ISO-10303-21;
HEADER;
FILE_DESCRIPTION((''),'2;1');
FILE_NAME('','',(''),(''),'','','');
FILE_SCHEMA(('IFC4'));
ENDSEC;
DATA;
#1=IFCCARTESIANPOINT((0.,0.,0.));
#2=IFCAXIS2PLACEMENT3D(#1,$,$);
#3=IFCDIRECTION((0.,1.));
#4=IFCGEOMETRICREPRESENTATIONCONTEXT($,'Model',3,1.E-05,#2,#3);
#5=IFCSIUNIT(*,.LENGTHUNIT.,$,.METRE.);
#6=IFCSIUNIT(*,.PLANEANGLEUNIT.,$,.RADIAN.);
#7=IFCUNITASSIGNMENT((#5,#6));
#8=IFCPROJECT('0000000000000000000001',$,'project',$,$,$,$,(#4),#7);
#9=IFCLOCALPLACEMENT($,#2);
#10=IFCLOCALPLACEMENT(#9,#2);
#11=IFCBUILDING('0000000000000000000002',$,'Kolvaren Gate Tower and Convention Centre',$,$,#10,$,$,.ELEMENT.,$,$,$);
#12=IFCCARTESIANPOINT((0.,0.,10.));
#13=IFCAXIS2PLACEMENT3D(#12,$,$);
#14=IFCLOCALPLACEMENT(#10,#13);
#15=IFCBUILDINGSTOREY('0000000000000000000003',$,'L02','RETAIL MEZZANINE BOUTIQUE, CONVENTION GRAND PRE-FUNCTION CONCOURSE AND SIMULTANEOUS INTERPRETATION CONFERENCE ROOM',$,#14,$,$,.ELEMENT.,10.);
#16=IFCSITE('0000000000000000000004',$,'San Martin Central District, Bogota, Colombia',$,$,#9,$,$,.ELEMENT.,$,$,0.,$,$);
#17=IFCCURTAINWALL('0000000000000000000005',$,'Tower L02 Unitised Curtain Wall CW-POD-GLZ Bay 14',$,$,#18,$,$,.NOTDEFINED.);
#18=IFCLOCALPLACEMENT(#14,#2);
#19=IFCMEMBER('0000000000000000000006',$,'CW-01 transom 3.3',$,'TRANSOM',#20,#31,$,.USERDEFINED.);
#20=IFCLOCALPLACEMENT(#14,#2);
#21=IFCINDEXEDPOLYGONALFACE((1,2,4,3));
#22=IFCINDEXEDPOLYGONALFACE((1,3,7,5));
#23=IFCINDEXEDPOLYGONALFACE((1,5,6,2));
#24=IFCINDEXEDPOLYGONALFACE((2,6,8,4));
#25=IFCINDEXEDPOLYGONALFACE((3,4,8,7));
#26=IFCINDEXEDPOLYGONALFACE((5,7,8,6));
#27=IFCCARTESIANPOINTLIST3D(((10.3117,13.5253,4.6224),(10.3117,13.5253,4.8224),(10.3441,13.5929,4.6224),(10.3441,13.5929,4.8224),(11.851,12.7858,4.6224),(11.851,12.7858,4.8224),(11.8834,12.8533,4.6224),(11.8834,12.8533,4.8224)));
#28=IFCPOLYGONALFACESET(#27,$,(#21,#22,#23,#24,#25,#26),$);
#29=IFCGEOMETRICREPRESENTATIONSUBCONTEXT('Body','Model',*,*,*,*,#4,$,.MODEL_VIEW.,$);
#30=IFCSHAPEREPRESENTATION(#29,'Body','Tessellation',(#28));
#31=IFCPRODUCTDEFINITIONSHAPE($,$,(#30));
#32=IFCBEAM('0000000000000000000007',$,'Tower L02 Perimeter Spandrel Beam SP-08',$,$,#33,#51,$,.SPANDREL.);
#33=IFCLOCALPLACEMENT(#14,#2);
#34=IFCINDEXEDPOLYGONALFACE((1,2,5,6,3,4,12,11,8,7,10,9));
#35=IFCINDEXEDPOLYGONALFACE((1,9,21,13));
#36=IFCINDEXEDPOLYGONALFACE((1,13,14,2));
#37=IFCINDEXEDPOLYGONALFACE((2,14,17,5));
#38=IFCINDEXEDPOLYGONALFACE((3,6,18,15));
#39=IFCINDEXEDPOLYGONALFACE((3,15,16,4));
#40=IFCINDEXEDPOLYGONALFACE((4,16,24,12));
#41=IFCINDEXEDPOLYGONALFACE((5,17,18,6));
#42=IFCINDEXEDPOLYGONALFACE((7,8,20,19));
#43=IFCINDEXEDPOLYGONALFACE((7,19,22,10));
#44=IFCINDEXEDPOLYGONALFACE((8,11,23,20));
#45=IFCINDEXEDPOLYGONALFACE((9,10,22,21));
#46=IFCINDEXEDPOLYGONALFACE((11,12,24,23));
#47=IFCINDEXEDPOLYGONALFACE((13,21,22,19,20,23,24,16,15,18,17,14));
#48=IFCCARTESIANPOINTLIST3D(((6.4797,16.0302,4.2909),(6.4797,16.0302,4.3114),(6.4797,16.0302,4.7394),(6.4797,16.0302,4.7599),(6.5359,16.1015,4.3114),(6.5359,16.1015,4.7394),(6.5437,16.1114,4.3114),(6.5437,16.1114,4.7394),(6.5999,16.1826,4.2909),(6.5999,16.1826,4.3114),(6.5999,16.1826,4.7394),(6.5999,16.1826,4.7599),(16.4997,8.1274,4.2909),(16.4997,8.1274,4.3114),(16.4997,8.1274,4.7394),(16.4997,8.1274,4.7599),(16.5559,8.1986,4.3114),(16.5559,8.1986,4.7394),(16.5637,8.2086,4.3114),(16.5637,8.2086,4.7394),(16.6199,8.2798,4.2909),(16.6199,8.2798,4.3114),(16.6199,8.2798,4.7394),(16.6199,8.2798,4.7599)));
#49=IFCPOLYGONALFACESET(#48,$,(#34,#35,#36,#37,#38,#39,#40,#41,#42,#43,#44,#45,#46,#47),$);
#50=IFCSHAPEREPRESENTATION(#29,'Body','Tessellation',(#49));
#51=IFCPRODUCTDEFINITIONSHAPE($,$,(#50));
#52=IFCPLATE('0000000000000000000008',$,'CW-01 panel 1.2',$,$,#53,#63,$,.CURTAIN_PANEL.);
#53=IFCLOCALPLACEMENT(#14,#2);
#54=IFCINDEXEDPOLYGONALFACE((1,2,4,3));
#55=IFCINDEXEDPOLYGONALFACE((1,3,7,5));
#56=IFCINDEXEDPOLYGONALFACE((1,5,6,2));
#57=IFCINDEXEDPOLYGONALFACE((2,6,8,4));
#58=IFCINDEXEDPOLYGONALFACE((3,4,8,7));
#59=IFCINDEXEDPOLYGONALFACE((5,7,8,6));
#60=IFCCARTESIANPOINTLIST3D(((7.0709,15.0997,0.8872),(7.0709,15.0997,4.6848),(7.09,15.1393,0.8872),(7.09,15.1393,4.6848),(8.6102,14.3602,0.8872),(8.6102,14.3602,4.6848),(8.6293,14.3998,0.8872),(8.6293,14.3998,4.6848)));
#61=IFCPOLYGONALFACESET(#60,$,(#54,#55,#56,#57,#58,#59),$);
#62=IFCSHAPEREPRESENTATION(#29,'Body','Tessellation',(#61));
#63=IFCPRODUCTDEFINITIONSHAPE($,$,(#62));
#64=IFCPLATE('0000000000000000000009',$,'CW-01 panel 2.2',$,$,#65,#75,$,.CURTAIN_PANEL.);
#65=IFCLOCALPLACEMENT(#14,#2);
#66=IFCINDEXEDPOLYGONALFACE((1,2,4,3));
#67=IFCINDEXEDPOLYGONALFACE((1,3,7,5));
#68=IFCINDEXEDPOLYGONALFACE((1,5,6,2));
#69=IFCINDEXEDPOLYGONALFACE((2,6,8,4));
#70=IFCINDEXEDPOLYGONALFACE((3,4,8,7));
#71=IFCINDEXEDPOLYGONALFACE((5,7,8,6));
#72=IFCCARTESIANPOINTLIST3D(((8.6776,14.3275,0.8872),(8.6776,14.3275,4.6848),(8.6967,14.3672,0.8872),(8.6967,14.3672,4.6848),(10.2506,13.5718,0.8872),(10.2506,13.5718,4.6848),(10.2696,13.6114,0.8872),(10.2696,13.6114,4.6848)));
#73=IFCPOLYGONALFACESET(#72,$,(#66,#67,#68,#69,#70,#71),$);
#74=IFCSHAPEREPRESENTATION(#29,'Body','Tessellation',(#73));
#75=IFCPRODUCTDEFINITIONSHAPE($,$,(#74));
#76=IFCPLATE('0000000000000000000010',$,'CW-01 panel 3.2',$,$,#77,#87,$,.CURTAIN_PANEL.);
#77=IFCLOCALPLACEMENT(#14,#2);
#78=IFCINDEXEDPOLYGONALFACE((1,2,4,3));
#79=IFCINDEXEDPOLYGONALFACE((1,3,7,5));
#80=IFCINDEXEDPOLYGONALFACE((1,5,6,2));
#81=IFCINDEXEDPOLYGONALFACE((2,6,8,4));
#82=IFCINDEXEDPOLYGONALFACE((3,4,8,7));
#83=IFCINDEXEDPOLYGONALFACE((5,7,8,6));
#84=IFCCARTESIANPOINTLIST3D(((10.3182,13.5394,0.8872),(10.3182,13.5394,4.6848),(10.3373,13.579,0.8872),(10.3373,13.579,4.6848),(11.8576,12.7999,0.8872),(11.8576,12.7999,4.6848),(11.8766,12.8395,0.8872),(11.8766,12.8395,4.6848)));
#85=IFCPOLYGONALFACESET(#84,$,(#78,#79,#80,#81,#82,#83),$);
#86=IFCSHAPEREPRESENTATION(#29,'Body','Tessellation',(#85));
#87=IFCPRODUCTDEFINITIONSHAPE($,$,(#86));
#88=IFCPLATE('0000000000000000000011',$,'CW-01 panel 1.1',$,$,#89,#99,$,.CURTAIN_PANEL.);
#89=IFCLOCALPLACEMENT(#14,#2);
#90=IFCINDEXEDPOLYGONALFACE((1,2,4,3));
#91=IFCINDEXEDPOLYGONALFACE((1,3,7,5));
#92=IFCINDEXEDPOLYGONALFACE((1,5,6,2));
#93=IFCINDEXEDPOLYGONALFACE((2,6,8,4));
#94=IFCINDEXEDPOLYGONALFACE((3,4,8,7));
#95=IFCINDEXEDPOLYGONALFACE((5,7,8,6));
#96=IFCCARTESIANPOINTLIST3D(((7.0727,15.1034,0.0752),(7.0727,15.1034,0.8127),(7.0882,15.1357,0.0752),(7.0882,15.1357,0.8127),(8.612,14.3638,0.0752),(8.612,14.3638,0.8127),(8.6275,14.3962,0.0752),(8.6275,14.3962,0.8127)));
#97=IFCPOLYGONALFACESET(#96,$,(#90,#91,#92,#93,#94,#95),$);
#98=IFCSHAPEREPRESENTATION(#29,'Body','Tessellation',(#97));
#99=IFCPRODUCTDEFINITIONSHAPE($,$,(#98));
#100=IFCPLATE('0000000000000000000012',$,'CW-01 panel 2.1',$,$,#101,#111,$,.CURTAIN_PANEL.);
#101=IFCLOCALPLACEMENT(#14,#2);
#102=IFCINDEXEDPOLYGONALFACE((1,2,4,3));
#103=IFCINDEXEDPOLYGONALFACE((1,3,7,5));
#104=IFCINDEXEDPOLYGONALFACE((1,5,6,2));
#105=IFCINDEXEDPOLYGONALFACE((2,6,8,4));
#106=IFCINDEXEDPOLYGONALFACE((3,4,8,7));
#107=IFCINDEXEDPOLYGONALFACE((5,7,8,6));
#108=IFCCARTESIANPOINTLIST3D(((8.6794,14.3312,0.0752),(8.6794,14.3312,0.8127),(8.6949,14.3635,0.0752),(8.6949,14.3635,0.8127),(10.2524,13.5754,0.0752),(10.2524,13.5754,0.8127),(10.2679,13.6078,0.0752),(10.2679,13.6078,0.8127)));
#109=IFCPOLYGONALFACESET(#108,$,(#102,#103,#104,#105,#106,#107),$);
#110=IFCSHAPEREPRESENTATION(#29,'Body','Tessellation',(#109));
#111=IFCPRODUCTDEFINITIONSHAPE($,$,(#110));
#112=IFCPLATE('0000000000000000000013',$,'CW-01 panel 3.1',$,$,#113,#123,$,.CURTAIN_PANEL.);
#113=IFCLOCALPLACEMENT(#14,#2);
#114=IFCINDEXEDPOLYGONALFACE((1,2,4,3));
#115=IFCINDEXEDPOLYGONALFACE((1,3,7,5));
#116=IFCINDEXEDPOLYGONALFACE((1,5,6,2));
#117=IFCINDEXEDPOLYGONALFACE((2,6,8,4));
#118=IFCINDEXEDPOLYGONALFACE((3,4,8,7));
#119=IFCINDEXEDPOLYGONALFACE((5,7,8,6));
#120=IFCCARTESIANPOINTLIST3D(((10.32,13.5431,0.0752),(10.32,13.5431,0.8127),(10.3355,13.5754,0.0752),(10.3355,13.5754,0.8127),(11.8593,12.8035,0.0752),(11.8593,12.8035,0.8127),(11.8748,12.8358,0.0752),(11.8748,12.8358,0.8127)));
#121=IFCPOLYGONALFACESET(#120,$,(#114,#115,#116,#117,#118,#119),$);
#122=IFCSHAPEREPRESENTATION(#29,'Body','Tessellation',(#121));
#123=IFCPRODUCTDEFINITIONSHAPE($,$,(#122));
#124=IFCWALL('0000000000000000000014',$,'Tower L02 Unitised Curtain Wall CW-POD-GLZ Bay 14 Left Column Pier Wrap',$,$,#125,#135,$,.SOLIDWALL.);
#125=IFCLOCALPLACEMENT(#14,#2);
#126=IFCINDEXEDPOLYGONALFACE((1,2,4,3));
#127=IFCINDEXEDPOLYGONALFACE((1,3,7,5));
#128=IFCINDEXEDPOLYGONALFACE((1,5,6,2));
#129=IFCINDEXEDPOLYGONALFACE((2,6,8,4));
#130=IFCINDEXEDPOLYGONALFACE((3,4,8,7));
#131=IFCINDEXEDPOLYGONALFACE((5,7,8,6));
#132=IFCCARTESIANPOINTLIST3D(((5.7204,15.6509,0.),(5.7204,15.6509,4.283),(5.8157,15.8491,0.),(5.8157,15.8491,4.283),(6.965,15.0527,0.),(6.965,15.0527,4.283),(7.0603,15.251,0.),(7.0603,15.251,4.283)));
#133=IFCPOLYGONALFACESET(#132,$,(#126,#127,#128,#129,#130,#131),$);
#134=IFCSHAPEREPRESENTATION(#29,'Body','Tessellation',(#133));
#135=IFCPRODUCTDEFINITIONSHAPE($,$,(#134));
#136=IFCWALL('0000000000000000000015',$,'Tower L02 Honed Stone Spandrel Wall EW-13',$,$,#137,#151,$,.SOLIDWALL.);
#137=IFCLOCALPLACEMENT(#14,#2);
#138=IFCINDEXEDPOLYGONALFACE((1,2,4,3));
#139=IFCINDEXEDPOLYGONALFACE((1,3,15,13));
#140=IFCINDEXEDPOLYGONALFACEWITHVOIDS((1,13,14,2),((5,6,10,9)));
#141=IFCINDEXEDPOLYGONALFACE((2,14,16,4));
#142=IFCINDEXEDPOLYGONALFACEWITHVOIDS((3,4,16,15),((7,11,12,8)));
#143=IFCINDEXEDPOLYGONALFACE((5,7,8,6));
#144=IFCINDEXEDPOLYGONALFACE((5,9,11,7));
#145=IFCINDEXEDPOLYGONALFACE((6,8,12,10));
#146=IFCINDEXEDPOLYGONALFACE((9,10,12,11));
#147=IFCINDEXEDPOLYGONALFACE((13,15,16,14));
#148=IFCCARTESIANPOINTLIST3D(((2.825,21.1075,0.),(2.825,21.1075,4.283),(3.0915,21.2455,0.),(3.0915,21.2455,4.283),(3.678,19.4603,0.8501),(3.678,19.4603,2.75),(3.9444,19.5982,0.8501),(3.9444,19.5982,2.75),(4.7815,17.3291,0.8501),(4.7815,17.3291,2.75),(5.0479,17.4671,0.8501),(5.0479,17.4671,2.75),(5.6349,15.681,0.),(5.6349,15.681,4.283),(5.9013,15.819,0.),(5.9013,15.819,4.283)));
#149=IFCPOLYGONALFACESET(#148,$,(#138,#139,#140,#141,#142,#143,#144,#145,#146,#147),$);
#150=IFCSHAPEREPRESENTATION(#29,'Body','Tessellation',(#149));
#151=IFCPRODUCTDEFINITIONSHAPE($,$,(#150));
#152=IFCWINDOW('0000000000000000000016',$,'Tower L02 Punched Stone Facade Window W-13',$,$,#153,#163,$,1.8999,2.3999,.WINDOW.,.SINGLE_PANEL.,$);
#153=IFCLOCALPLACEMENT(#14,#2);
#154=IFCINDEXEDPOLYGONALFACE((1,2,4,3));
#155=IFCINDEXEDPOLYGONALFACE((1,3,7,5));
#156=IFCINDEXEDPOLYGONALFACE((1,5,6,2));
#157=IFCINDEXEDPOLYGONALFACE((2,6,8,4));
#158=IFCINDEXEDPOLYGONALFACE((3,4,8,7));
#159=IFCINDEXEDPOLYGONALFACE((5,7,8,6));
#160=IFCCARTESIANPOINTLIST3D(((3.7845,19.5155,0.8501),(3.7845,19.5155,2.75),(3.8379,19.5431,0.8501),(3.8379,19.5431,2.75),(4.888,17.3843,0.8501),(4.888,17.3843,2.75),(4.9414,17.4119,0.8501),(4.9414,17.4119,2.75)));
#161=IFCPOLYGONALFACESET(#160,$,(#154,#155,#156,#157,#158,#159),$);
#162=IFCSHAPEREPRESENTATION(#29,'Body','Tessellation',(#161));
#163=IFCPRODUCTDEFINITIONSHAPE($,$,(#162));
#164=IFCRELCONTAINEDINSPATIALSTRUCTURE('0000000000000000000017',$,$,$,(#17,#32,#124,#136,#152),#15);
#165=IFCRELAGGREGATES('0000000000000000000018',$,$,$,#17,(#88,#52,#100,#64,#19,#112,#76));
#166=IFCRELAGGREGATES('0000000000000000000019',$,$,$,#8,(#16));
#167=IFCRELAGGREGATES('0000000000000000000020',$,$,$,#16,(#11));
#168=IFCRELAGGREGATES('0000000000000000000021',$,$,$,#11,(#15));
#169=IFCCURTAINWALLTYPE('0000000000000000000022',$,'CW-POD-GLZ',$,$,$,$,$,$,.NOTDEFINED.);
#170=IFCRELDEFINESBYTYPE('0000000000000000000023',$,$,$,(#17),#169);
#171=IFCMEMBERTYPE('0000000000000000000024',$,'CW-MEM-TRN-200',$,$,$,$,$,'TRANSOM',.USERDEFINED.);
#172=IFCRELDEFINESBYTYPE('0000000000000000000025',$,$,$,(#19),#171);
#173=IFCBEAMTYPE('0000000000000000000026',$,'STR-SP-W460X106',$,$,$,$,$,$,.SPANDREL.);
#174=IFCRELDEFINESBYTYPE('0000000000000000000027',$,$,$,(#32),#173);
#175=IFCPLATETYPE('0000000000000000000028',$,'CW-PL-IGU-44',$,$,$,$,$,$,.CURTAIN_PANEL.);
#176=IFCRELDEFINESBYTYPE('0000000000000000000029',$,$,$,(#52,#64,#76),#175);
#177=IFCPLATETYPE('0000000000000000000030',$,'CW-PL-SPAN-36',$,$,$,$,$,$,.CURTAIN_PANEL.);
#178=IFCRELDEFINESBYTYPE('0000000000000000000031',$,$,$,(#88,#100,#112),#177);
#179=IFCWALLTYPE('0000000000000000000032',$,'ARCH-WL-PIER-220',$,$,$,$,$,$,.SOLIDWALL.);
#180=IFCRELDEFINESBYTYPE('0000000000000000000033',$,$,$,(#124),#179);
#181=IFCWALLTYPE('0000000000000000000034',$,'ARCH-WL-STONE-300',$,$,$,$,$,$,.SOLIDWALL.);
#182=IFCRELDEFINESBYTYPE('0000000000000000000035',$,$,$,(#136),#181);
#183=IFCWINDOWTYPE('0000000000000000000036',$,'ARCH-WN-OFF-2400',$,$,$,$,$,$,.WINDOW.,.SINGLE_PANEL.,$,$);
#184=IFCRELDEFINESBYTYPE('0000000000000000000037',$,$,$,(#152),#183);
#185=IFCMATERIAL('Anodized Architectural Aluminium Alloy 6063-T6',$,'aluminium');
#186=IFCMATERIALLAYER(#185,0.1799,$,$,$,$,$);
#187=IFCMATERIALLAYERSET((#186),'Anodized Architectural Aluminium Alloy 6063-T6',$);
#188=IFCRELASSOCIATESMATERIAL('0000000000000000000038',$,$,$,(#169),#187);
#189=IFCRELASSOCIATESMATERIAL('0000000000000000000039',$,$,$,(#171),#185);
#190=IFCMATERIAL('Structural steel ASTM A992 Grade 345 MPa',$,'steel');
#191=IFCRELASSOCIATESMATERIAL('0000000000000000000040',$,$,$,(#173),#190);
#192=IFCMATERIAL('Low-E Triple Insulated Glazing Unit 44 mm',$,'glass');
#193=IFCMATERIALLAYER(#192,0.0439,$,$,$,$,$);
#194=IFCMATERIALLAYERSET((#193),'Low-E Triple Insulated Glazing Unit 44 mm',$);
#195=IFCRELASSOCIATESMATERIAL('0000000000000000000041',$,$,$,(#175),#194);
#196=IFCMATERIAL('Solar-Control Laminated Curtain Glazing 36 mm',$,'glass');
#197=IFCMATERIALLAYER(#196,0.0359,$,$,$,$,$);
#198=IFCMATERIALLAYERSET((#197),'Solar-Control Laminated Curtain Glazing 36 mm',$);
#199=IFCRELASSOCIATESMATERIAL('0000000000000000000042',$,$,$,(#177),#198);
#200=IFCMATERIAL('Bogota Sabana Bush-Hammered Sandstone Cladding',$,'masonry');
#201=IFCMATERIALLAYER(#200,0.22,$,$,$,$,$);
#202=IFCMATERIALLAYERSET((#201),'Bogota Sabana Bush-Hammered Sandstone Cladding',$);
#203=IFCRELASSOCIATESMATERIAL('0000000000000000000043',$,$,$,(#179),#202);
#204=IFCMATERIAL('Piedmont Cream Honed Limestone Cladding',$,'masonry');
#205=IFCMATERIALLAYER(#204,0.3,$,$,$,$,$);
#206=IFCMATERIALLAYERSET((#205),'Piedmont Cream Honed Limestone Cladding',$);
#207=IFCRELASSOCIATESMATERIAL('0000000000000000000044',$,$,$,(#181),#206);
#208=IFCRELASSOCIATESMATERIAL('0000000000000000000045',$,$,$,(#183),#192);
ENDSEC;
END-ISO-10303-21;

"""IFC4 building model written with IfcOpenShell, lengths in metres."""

from ifc_helpers import new_model, si_unit, direction, frame, frame_2d, origin, origin_2d, place, context, subcontext, project, spatial, rectangle, i_section, extrude, material, layer, layer_set, material_profile, profile_set, type_object, element, fill, aggregate, save


model = new_model("IFC4")

# Units and contexts
model_context = context("Model", 3, precision=1e-05, world=origin(), true_north=direction((0.0, 1.0)))
body_context = subcontext(model_context, "Body", "Model", "MODEL_VIEW")
ifc_project = project(units=[si_unit("LENGTHUNIT", "METRE"), si_unit("PLANEANGLEUNIT", "RADIAN")], contexts=[model_context])

# Site, building, storey
site_placement = place(None, origin())
site = spatial("IfcSite", under=ifc_project, at=site_placement, Name="San Martin Central District, Bogota, Colombia", CompositionType="ELEMENT", RefElevation=0.0)
building_placement = place(site_placement, origin())
building = spatial("IfcBuilding", under=site, at=building_placement, Name="Kolvaren Gate Tower and Convention Centre", CompositionType="ELEMENT")
storey_placement = place(building_placement, frame((0.0, 0.0, 10.0)))
storey = spatial("IfcBuildingStorey", under=building, at=storey_placement, Name="L02", Description="RETAIL MEZZANINE BOUTIQUE, CONVENTION GRAND PRE-FUNCTION CONCOURSE AND SIMULTANEOUS INTERPRETATION CONFERENCE ROOM", CompositionType="ELEMENT", Elevation=10.0)

# Curtain wall
ifc_material_1 = material(Name="Anodized Architectural Aluminium Alloy 6063-T6", Category="aluminium")
ifc_layer_1 = layer(ifc_material_1, 0.1799)
ifc_layer_set_1 = layer_set([ifc_layer_1], Name="Anodized Architectural Aluminium Alloy 6063-T6")
curtain_wall_type = type_object("IfcCurtainWallType", Name="CW-POD-GLZ", PredefinedType="NOTDEFINED", material=ifc_layer_set_1)
curtain_wall_1_placement = place(storey_placement, origin())
curtain_wall_1 = element("IfcCurtainWall", 1, at=curtain_wall_1_placement, inside=storey, type_object=curtain_wall_type, Name="Tower L02 Unitised Curtain Wall CW-POD-GLZ Bay 14", PredefinedType="NOTDEFINED")

# Member
ifc_material_profile_1 = material_profile(ifc_material_1, rectangle(XDim=0.075, YDim=0.2, at=origin_2d()), Name="CW-MEM-TRN-200")
ifc_profile_set_1 = profile_set([ifc_material_profile_1], Name="Anodized Architectural Aluminium Alloy 6063-T6")
member_type_1 = type_object("IfcMemberType", Name="CW-MEM-TRN-200", ElementType="TRANSOM", PredefinedType="USERDEFINED", material=ifc_profile_set_1)
member_1_placement = place(storey_placement, frame((10.3279, 13.5591, 4.7224), z_axis=(0.901378, -0.433033, 0.0), x_axis=(0.433033, 0.901378, 0.0)))
member_1 = element("IfcMember", 2, at=member_1_placement, type_object=member_type_1, Name="CW-01 transom 3.3", ObjectType="TRANSOM", PredefinedType="USERDEFINED", context=body_context, shape_type="SweptSolid", body=[
    extrude(rectangle(XDim=0.075, YDim=0.2, at=origin_2d()), origin(), (0.0, 0.0, 1.0), 1.7078),
])

# Beam
ifc_material_2 = material(Name="Structural steel ASTM A992 Grade 345 MPa", Category="steel")
ifc_material_profile_2 = material_profile(ifc_material_2, i_section(OverallWidth=0.1941, OverallDepth=0.469, WebThickness=0.0127, FlangeThickness=0.0205, at=origin_2d()), Name="W460X106")
ifc_profile_set_2 = profile_set([ifc_material_profile_2], Name="Structural steel ASTM A992 Grade 345 MPa")
beam_type = type_object("IfcBeamType", Name="STR-SP-W460X106", PredefinedType="SPANDREL", material=ifc_profile_set_2)
beam_placement = place(storey_placement, frame((6.5398, 16.1064, 4.5254), z_axis=(0.785176, -0.619272, 0.0), x_axis=(0.619272, 0.785176, 0.0)))
element("IfcBeam", 3, at=beam_placement, inside=storey, type_object=beam_type, Name="Tower L02 Perimeter Spandrel Beam SP-08", PredefinedType="SPANDREL", context=body_context, shape_type="SweptSolid", body=[
    extrude(i_section(OverallWidth=0.1941, OverallDepth=0.469, WebThickness=0.0127, FlangeThickness=0.0205, at=origin_2d()), origin(), (0.0, 0.0, 1.0), 12.7615),
])

# Plates
ifc_material_3 = material(Name="Low-E Triple Insulated Glazing Unit 44 mm", Category="glass")
ifc_layer_2 = layer(ifc_material_3, 0.0439)
ifc_layer_set_2 = layer_set([ifc_layer_2], Name="Low-E Triple Insulated Glazing Unit 44 mm")
plate_type_1 = type_object("IfcPlateType", Name="CW-PL-IGU-44", PredefinedType="CURTAIN_PANEL", material=ifc_layer_set_2)
plate_1_placement = place(storey_placement, frame((7.8501, 14.7498, 0.8872), z_axis=(0.0, 0.0, 1.0), x_axis=(0.901367, -0.433057, 0.0)))
plate_1 = element("IfcPlate", 4, at=plate_1_placement, type_object=plate_type_1, Name="CW-01 panel 1.2", PredefinedType="CURTAIN_PANEL", context=body_context, shape_type="SweptSolid", body=[
    extrude(rectangle(XDim=1.7078, YDim=0.0439, at=origin_2d()), origin(), (0.0, 0.0, 1.0), 3.7976),
])
plate_2_placement = place(storey_placement, frame((9.4736, 13.9695, 0.8872), z_axis=(0.0, 0.0, 1.0), x_axis=(0.901367, -0.433057, 0.0)))
plate_2 = element("IfcPlate", 5, at=plate_2_placement, type_object=plate_type_1, Name="CW-01 panel 2.2", PredefinedType="CURTAIN_PANEL", context=body_context, shape_type="SweptSolid", body=[
    extrude(rectangle(XDim=1.7451, YDim=0.0439, at=origin_2d()), origin(), (0.0, 0.0, 1.0), 3.7976),
])
plate_3_placement = place(storey_placement, frame((11.0974, 13.1895, 0.8872), z_axis=(0.0, 0.0, 1.0), x_axis=(0.901367, -0.433057, 0.0)))
plate_3 = element("IfcPlate", 6, at=plate_3_placement, type_object=plate_type_1, Name="CW-01 panel 3.2", PredefinedType="CURTAIN_PANEL", context=body_context, shape_type="SweptSolid", body=[
    extrude(rectangle(XDim=1.7078, YDim=0.0439, at=origin_2d()), origin(), (0.0, 0.0, 1.0), 3.7976),
])
ifc_material_4 = material(Name="Solar-Control Laminated Curtain Glazing 36 mm", Category="glass")
ifc_layer_3 = layer(ifc_material_4, 0.0359)
ifc_layer_set_3 = layer_set([ifc_layer_3], Name="Solar-Control Laminated Curtain Glazing 36 mm")
plate_type_2 = type_object("IfcPlateType", Name="CW-PL-SPAN-36", PredefinedType="CURTAIN_PANEL", material=ifc_layer_set_3)
plate_4_placement = place(storey_placement, frame((7.8501, 14.7498, 0.0752), z_axis=(0.0, 0.0, 1.0), x_axis=(0.901367, -0.433057, 0.0)))
plate_4 = element("IfcPlate", 7, at=plate_4_placement, type_object=plate_type_2, Name="CW-01 panel 1.1", PredefinedType="CURTAIN_PANEL", context=body_context, shape_type="SweptSolid", body=[
    extrude(rectangle(XDim=1.7078, YDim=0.0359, at=origin_2d()), origin(), (0.0, 0.0, 1.0), 0.7375),
])
plate_5_placement = place(storey_placement, frame((9.4736, 13.9695, 0.0752), z_axis=(0.0, 0.0, 1.0), x_axis=(0.901367, -0.433057, 0.0)))
plate_5 = element("IfcPlate", 8, at=plate_5_placement, type_object=plate_type_2, Name="CW-01 panel 2.1", PredefinedType="CURTAIN_PANEL", context=body_context, shape_type="SweptSolid", body=[
    extrude(rectangle(XDim=1.7451, YDim=0.0359, at=origin_2d()), origin(), (0.0, 0.0, 1.0), 0.7375),
])
plate_6_placement = place(storey_placement, frame((11.0974, 13.1895, 0.0752), z_axis=(0.0, 0.0, 1.0), x_axis=(0.901367, -0.433057, 0.0)))
plate_6 = element("IfcPlate", 9, at=plate_6_placement, type_object=plate_type_2, Name="CW-01 panel 3.1", PredefinedType="CURTAIN_PANEL", context=body_context, shape_type="SweptSolid", body=[
    extrude(rectangle(XDim=1.7078, YDim=0.0359, at=origin_2d()), origin(), (0.0, 0.0, 1.0), 0.7375),
])
aggregate(curtain_wall_1, [plate_4, plate_1, plate_5, plate_2, member_1, plate_6, plate_3])

# Wall
ifc_material_5 = material(Name="Bogota Sabana Bush-Hammered Sandstone Cladding", Category="masonry")
ifc_layer_4 = layer(ifc_material_5, 0.22)
ifc_layer_set_4 = layer_set([ifc_layer_4], Name="Bogota Sabana Bush-Hammered Sandstone Cladding")
wall_type_1 = type_object("IfcWallType", Name="ARCH-WL-PIER-220", PredefinedType="SOLIDWALL", material=ifc_layer_set_4)
wall_1_placement = place(storey_placement, frame((5.7681, 15.75, 0.0), z_axis=(0.0, 0.0, 1.0), x_axis=(0.901319, -0.433156, 0.0)))
element("IfcWall", 10, at=wall_1_placement, inside=storey, type_object=wall_type_1, Name="Tower L02 Unitised Curtain Wall CW-POD-GLZ Bay 14 Left Column Pier Wrap", PredefinedType="SOLIDWALL", context=body_context, shape_type="SweptSolid", body=[
    extrude(rectangle(XDim=1.3809, YDim=0.22, at=frame_2d((0.6904, 0.0))), origin(), (0.0, 0.0, 1.0), 4.283),
])

# Wall, opening, window
ifc_material_6 = material(Name="Piedmont Cream Honed Limestone Cladding", Category="masonry")
ifc_layer_5 = layer(ifc_material_6, 0.3)
ifc_layer_set_5 = layer_set([ifc_layer_5], Name="Piedmont Cream Honed Limestone Cladding")
wall_type_2 = type_object("IfcWallType", Name="ARCH-WL-STONE-300", PredefinedType="SOLIDWALL", material=ifc_layer_set_5)
wall_2_placement = place(storey_placement, frame((2.9583, 21.1765, 0.0), z_axis=(0.0, 0.0, 1.0), x_axis=(0.45981, -0.888017, 0.0)))
wall_2 = element("IfcWall", 11, at=wall_2_placement, inside=storey, type_object=wall_type_2, Name="Tower L02 Honed Stone Spandrel Wall EW-13", PredefinedType="SOLIDWALL", context=body_context, shape_type="SweptSolid", body=[
    extrude(rectangle(XDim=6.1108, YDim=0.3, at=frame_2d((3.0554, 0.0))), origin(), (0.0, 0.0, 1.0), 4.283),
])
opening_placement = place(wall_2_placement, frame((1.855, 0.0, 0.8501)))
opening = element("IfcOpeningElement", 12, at=opening_placement, cuts=wall_2, PredefinedType="OPENING", context=body_context, shape_type="SweptSolid", body=[
    extrude(rectangle(XDim=2.3999, YDim=1.8999, at=frame_2d((1.2, 0.95))), frame((0.0, 0.1599, 0.0), z_axis=(0.0, -1.0, 0.0), x_axis=(1.0, 0.0, 0.0)), (0.0, 0.0, 1.0), 0.3201),
])
window_type = type_object("IfcWindowType", Name="ARCH-WN-OFF-2400", PartitioningType="SINGLE_PANEL", PredefinedType="WINDOW", material=ifc_material_3)
window_placement = place(opening_placement, origin())
window = element("IfcWindow", 13, at=window_placement, inside=storey, type_object=window_type, Name="Tower L02 Punched Stone Facade Window W-13", OverallHeight=1.8999, OverallWidth=2.3999, PartitioningType="SINGLE_PANEL", PredefinedType="WINDOW", context=body_context, shape_type="SweptSolid", body=[
    extrude(rectangle(XDim=2.3999, YDim=1.8999, at=frame_2d((1.2, 0.95))), frame((0.0, 0.03, 0.0), z_axis=(0.0, -1.0, 0.0), x_axis=(1.0, 0.0, 0.0)), (0.0, 0.0, 1.0), 0.0601),
])
fill(opening, window)

save(model, "model.ifc")
